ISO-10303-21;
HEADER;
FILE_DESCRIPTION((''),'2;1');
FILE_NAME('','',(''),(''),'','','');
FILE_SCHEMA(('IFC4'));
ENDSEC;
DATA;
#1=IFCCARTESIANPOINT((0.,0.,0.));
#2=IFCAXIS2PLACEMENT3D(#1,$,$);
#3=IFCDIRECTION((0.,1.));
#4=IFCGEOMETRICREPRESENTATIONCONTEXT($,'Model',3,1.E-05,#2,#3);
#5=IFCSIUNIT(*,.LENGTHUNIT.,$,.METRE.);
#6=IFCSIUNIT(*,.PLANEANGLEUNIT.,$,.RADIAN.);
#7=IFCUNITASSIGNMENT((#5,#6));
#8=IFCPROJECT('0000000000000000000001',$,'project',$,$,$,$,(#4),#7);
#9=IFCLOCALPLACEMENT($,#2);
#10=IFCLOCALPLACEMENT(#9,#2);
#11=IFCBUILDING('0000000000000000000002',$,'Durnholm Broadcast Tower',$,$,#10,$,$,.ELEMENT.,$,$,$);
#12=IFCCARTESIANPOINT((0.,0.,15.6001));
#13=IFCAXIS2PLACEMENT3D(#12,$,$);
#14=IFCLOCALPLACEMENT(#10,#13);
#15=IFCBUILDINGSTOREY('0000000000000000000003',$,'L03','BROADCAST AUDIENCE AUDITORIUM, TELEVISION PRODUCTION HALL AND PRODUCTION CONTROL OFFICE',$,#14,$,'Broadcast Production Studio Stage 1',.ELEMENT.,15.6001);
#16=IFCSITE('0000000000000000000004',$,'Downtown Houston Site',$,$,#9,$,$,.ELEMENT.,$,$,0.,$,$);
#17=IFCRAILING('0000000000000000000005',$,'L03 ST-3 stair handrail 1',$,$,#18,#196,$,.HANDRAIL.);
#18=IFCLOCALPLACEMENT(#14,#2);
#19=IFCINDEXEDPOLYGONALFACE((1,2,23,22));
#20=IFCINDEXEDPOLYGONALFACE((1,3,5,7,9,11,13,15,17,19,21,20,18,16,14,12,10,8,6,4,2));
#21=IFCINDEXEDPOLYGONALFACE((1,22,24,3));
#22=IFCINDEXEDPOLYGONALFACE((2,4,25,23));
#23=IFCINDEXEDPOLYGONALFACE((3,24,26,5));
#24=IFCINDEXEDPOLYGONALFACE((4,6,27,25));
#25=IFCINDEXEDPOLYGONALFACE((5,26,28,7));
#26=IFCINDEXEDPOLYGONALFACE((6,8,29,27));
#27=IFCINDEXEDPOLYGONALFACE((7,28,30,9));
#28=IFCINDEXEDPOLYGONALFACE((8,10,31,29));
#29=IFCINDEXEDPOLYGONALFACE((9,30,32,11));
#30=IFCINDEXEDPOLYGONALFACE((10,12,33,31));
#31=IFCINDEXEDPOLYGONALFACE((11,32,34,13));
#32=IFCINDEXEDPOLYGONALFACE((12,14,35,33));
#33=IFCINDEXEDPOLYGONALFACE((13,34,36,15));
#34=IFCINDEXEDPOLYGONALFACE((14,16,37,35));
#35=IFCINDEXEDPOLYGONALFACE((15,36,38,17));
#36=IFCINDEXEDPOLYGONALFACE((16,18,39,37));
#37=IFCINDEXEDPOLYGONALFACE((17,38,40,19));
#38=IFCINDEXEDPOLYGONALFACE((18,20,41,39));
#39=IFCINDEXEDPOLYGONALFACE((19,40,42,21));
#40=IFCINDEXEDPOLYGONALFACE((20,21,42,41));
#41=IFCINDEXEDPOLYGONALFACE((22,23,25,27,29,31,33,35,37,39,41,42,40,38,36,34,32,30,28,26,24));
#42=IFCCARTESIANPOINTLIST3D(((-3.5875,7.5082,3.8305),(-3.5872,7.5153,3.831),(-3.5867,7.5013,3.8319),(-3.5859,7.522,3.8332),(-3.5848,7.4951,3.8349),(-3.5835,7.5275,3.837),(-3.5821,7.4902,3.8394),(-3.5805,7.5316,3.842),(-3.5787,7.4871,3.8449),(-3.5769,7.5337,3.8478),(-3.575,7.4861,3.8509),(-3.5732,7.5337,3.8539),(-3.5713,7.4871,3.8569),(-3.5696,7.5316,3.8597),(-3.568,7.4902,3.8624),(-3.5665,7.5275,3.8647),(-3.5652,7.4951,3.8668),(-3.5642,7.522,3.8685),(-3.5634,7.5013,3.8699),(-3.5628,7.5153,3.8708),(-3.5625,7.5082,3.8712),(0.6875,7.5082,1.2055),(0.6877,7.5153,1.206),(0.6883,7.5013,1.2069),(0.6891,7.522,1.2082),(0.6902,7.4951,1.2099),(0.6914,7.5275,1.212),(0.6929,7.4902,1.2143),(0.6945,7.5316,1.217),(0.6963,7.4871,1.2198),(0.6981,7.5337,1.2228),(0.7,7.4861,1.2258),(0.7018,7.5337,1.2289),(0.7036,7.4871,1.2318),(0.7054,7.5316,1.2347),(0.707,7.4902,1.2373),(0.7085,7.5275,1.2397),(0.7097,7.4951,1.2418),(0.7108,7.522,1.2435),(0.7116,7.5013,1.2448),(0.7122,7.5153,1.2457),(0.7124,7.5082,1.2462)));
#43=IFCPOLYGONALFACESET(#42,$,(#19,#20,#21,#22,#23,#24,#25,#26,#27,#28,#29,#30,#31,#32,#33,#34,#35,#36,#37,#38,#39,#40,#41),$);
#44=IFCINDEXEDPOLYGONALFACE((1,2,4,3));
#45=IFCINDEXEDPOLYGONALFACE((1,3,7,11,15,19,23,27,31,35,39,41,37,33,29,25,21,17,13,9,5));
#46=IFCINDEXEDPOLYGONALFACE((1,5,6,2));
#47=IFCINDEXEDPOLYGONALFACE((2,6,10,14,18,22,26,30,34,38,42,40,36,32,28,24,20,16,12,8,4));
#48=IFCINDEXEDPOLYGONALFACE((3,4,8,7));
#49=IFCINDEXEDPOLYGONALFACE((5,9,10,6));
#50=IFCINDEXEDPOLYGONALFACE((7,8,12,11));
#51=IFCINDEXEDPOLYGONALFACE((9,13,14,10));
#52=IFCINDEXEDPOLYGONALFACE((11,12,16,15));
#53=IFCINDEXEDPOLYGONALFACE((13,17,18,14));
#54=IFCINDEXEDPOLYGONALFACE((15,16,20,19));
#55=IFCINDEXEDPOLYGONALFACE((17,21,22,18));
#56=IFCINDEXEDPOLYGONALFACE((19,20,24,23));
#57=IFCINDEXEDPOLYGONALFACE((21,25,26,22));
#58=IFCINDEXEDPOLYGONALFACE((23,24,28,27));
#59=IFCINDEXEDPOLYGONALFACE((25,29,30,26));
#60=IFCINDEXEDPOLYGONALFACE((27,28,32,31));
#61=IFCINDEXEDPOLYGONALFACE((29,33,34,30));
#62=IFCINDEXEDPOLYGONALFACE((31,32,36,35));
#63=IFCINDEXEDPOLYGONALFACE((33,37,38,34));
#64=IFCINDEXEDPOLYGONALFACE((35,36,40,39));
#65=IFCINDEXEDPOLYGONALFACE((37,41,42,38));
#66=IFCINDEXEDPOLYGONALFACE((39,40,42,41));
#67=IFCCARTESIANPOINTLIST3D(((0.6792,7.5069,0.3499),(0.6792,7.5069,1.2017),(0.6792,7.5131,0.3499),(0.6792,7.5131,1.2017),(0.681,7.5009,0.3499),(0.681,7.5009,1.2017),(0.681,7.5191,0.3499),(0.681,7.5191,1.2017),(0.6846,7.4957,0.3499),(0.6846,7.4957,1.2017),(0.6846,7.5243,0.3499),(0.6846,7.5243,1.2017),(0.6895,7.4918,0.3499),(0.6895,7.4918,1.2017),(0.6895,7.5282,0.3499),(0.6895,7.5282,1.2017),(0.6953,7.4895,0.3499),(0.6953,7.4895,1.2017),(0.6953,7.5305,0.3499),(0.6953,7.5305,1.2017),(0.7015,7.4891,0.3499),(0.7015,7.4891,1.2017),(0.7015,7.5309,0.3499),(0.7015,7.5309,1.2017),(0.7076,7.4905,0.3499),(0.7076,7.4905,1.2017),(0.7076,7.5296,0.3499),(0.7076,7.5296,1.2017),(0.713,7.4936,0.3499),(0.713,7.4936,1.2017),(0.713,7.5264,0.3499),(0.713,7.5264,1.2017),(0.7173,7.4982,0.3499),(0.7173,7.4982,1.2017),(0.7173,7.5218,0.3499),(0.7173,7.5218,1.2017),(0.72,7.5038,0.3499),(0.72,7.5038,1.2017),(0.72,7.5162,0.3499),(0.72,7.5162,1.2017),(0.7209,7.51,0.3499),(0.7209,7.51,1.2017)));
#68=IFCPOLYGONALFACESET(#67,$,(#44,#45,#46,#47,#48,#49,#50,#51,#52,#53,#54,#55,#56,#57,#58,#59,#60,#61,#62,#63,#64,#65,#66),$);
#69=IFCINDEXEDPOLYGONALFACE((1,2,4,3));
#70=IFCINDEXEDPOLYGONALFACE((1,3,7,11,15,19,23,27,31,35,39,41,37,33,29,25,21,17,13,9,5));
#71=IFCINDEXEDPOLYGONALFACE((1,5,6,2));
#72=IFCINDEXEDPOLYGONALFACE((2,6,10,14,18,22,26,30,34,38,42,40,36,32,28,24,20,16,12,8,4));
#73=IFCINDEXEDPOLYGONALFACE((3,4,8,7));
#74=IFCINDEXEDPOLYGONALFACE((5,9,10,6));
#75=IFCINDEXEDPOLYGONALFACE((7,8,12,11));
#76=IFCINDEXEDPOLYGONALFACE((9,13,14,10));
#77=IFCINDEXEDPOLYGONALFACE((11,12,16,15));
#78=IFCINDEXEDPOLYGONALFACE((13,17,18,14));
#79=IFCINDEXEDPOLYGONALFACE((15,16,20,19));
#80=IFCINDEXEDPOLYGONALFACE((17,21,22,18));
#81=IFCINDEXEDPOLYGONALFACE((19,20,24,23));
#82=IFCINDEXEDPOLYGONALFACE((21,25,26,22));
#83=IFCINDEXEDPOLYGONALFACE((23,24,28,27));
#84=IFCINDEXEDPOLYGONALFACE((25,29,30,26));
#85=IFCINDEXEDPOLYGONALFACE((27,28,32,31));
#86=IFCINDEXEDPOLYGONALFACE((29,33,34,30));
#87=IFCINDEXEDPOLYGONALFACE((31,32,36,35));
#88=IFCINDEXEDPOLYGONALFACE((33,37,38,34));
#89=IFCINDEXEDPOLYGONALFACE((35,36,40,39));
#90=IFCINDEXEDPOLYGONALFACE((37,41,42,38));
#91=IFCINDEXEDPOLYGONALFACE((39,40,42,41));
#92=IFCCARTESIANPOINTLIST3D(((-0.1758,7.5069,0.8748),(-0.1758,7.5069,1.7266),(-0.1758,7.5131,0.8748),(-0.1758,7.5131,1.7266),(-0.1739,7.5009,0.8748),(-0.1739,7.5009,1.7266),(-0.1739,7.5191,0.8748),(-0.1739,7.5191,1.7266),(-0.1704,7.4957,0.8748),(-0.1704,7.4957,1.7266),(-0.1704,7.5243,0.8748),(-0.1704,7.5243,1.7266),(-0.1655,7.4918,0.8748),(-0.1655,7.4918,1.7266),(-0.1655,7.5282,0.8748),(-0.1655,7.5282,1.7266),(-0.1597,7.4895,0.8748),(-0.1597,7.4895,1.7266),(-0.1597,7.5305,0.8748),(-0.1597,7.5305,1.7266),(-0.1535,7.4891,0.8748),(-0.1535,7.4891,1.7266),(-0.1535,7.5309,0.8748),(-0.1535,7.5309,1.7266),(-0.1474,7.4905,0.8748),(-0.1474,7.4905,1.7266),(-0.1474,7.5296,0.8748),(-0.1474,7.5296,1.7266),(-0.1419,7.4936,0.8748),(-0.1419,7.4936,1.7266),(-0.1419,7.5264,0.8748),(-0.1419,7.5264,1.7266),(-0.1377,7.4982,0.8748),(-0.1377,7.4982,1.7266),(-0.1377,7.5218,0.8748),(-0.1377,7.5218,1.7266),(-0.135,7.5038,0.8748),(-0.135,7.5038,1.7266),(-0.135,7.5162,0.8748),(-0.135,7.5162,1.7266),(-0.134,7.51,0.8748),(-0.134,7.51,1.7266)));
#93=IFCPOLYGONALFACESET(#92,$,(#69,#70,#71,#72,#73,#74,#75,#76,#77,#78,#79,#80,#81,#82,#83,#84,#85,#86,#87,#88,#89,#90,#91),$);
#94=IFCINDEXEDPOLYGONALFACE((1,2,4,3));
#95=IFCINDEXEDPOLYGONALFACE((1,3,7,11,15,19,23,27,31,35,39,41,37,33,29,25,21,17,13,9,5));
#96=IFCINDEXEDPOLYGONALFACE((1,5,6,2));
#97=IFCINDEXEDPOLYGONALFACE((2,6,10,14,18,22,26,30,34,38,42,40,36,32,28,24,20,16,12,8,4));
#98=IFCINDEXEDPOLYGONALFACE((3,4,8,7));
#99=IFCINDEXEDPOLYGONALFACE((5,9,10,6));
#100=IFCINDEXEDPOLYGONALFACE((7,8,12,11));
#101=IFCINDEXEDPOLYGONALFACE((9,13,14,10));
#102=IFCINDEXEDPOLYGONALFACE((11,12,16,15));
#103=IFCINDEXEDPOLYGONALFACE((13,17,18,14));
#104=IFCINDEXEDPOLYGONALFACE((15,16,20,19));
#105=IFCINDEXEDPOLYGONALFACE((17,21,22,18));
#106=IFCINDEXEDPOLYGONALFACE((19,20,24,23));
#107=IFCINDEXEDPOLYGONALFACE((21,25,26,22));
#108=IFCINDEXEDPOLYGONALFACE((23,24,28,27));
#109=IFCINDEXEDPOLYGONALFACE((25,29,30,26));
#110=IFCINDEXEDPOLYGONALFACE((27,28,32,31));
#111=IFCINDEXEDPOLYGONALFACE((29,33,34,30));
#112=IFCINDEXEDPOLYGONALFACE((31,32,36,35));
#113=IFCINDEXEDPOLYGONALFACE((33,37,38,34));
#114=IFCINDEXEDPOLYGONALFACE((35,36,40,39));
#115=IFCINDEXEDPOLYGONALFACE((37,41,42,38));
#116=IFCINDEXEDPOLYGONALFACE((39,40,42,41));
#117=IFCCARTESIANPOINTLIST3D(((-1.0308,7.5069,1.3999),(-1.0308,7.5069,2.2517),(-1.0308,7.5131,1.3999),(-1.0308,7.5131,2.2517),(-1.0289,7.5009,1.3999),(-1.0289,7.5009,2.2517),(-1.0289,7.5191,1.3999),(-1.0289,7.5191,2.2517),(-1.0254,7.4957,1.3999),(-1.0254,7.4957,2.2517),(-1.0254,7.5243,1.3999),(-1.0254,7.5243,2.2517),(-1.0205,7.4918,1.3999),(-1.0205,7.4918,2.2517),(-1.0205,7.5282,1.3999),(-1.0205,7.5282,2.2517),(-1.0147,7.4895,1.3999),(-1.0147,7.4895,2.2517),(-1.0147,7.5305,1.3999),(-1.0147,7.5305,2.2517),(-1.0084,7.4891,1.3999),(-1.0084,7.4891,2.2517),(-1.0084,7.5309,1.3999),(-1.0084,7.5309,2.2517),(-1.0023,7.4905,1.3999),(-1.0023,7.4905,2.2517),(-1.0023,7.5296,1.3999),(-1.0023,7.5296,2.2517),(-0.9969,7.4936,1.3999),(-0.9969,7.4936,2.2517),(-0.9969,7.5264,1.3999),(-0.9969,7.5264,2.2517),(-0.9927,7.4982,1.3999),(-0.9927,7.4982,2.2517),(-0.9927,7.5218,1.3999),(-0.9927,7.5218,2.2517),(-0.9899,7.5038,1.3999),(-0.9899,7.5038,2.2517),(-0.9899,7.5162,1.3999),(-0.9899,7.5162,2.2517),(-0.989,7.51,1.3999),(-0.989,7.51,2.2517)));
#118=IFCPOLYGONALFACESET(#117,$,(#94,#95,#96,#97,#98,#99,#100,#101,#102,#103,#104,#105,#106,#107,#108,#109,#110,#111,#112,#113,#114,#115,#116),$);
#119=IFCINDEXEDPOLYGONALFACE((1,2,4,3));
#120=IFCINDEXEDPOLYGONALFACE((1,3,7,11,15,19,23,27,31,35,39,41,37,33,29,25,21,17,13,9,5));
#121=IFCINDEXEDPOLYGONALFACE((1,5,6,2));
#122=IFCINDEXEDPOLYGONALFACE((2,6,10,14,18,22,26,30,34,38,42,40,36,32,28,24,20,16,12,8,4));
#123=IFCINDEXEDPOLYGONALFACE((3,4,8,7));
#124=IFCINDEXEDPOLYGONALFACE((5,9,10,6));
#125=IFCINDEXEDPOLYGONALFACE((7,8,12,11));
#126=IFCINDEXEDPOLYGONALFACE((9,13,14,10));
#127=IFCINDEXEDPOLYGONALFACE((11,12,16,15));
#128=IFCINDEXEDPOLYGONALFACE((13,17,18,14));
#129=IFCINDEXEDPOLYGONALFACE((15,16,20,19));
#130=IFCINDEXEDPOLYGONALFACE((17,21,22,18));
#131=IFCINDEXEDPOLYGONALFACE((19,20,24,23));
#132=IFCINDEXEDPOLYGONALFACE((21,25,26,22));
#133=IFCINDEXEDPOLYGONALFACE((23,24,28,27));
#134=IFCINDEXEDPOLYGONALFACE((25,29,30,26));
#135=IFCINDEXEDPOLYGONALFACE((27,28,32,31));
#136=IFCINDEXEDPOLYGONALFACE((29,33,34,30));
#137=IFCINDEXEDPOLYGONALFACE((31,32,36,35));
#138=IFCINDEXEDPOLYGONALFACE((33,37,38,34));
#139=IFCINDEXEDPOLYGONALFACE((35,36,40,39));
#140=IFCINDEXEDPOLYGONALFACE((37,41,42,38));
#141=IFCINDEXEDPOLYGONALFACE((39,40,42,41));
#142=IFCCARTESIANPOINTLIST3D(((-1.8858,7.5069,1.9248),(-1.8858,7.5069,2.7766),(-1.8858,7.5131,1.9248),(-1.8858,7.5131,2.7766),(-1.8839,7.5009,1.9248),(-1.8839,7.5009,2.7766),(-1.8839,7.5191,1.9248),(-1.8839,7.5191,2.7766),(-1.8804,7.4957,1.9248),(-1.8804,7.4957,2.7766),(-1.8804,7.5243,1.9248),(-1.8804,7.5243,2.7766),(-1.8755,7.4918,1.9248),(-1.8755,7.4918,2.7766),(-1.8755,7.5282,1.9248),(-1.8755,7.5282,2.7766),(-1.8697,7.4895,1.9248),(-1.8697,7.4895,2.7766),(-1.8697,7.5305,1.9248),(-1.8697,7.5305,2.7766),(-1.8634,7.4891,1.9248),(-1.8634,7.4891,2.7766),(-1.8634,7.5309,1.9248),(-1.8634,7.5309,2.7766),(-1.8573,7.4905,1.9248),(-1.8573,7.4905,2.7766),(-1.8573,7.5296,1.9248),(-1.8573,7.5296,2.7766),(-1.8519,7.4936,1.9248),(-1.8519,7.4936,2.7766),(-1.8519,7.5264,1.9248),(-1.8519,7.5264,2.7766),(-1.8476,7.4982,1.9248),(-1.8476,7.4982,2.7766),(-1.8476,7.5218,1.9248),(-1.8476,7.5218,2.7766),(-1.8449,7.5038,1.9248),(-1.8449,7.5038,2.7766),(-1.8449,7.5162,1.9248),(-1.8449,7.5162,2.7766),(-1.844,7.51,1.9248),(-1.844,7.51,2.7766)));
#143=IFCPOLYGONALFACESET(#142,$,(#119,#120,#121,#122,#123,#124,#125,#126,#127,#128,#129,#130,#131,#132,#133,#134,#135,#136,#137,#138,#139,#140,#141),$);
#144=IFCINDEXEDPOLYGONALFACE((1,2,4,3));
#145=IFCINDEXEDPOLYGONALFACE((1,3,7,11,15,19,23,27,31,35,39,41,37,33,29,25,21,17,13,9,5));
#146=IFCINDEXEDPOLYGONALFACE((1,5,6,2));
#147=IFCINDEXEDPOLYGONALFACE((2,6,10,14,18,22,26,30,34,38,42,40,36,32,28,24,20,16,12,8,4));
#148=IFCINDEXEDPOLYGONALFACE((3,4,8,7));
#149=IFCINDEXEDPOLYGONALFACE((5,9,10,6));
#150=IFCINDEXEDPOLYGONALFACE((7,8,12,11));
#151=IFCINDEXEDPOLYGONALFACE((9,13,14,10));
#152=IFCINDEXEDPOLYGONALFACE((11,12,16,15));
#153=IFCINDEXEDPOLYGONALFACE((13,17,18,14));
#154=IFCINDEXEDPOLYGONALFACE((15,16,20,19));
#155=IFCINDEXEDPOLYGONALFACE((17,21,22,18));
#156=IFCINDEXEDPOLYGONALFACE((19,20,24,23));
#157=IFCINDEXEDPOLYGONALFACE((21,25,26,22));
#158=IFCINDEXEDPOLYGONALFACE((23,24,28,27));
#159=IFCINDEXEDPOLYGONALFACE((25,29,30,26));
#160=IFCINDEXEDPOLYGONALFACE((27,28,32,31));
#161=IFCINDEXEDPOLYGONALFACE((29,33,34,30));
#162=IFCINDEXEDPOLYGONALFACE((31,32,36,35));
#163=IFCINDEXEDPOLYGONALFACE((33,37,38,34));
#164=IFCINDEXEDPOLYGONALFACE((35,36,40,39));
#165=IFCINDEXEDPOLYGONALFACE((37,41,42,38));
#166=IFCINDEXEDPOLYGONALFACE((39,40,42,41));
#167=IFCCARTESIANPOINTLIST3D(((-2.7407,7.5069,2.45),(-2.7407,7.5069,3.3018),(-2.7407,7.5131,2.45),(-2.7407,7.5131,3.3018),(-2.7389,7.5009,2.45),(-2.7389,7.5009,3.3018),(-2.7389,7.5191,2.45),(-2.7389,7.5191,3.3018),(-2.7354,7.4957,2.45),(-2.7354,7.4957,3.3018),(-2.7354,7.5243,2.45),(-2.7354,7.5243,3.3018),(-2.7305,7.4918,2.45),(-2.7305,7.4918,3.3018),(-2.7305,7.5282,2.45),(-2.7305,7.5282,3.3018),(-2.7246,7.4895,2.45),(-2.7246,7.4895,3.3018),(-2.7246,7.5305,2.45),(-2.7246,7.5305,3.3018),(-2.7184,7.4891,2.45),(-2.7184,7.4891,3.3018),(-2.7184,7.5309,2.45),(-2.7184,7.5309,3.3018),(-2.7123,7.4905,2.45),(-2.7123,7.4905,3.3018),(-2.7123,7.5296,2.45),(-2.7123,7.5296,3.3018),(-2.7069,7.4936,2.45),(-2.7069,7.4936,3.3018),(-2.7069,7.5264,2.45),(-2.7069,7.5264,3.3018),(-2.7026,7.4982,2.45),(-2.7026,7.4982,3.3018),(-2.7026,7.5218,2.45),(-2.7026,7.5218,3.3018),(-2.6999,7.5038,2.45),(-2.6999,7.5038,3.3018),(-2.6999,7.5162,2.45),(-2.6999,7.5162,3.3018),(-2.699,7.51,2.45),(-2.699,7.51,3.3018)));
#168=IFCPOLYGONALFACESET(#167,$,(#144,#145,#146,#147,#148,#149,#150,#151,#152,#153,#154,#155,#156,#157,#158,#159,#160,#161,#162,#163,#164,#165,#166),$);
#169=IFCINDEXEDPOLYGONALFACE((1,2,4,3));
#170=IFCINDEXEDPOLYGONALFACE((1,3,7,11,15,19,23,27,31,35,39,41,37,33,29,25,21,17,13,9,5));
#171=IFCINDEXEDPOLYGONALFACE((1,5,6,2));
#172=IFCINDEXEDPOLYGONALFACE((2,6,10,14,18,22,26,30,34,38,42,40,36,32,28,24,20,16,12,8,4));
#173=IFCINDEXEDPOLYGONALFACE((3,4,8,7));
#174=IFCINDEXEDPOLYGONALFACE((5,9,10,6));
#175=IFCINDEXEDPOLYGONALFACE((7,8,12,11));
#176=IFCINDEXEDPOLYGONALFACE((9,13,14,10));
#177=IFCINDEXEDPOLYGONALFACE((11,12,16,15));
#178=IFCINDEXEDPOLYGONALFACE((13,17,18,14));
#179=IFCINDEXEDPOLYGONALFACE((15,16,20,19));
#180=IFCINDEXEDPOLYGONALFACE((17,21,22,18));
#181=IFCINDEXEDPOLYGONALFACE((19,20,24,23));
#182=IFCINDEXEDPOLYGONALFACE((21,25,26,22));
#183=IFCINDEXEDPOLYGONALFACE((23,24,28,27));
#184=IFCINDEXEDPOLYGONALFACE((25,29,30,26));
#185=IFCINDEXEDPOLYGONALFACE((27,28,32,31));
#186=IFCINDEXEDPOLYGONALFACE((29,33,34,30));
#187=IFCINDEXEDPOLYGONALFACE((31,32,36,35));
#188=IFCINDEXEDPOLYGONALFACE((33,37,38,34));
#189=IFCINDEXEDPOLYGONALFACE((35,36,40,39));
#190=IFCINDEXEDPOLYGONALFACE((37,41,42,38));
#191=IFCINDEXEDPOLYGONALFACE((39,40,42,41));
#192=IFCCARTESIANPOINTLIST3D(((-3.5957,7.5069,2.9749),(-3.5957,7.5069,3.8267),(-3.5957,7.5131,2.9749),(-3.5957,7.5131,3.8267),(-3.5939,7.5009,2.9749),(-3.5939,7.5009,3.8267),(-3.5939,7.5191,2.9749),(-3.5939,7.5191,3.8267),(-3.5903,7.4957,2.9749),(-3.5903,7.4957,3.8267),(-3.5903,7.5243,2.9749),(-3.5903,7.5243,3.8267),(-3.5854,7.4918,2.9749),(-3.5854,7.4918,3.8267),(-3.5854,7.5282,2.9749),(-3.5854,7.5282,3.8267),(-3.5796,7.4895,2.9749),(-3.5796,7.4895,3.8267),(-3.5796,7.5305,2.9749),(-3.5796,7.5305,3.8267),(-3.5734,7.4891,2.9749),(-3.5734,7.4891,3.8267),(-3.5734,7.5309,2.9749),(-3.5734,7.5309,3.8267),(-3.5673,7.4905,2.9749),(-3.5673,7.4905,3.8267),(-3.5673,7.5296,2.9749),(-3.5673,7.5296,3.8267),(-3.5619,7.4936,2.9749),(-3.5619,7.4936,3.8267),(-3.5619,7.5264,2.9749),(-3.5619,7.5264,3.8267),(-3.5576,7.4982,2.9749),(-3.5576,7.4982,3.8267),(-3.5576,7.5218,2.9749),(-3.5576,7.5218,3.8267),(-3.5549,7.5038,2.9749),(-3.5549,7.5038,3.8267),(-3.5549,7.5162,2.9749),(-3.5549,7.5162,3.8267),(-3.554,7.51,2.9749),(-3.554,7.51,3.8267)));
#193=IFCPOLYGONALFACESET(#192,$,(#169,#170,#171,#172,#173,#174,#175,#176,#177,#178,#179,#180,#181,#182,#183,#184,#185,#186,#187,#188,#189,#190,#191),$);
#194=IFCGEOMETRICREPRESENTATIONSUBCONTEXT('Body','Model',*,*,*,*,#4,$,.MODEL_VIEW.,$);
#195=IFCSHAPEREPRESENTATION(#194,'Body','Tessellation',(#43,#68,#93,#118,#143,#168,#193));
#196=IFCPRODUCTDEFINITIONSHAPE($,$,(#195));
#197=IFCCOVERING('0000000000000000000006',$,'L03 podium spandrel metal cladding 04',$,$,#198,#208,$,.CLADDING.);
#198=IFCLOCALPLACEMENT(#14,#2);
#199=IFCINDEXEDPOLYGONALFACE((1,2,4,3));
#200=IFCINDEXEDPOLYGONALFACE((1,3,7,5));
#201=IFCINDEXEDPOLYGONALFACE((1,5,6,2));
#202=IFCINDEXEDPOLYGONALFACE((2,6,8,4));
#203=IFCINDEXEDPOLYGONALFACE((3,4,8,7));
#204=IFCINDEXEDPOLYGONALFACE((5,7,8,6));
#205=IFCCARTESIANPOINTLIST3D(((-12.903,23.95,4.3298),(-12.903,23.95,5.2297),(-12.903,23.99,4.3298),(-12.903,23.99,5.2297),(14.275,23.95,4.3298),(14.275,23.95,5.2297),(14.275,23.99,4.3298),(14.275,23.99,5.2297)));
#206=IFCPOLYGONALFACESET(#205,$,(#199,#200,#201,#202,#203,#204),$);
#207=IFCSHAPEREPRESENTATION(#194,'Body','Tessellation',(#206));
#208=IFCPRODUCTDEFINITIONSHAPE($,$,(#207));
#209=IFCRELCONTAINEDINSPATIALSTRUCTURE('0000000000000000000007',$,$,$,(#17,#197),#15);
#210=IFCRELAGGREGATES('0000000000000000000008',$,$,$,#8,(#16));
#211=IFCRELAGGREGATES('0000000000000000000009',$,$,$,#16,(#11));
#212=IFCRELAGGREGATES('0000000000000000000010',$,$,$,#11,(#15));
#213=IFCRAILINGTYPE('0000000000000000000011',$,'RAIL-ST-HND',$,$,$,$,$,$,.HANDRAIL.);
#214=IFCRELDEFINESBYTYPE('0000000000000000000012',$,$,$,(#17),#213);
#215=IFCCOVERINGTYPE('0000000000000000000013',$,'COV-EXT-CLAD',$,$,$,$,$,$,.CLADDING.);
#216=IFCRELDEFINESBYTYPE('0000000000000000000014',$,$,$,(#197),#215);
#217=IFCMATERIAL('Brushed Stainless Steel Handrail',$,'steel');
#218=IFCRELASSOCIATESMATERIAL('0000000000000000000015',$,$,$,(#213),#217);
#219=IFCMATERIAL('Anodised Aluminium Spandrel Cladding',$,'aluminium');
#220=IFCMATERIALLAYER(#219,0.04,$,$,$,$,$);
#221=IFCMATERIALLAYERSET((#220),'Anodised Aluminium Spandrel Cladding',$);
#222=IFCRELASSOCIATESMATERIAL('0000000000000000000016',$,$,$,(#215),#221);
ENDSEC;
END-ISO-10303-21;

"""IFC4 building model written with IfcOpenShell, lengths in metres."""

from ifc_helpers import new_model, si_unit, direction, frame, origin, origin_2d, place, context, subcontext, project, spatial, rectangle, circle, extrude, source, transform, mapped, material, layer, layer_set, type_object, type_shapes, element, save


model = new_model("IFC4")

# Units and contexts
model_context = context("Model", 3, precision=1e-05, world=origin(), true_north=direction((0.0, 1.0)))
body_context = subcontext(model_context, "Body", "Model", "MODEL_VIEW")
ifc_project = project(units=[si_unit("LENGTHUNIT", "METRE"), si_unit("PLANEANGLEUNIT", "RADIAN")], contexts=[model_context])

# Site, building, storey
site_placement = place(None, origin())
site = spatial("IfcSite", under=ifc_project, at=site_placement, Name="Downtown Houston Site", CompositionType="ELEMENT", RefElevation=0.0)
building_placement = place(site_placement, origin())
building = spatial("IfcBuilding", under=site, at=building_placement, Name="Durnholm Broadcast Tower", CompositionType="ELEMENT")
storey_placement = place(building_placement, frame((0.0, 0.0, 15.6001)))
storey = spatial("IfcBuildingStorey", under=building, at=storey_placement, Name="L03", Description="BROADCAST AUDIENCE AUDITORIUM, TELEVISION PRODUCTION HALL AND PRODUCTION CONTROL OFFICE", LongName="Broadcast Production Studio Stage 1", CompositionType="ELEMENT", Elevation=15.6001)

# Railing
ifc_material_1 = material(Name="Brushed Stainless Steel Handrail", Category="steel")
railing_type_1 = type_object("IfcRailingType", Name="RAIL-ST-HND", PredefinedType="HANDRAIL", material=ifc_material_1)
railing_1_placement = place(storey_placement, frame((0.7, 7.51, 0.3499)))
element("IfcRailing", 1, at=railing_1_placement, inside=storey, type_object=railing_type_1, Name="L03 ST-3 stair handrail 1", PredefinedType="HANDRAIL", context=body_context, shape_type="SweptSolid", body=[
    extrude(circle(Radius=0.0239, at=origin_2d()), frame((0.0, 0.0, 0.876), z_axis=(-0.852166, 0.0, 0.523272), x_axis=(0.0, -1.0, 0.0)), (0.0, 0.0, 1.0), 5.0166),
    extrude(circle(Radius=0.021, at=origin_2d()), origin(), (0.0, 0.0, 1.0), 0.8518),
    extrude(circle(Radius=0.021, at=origin_2d()), frame((-0.855, 0.0, 0.5249)), (0.0, 0.0, 1.0), 0.8518),
    extrude(circle(Radius=0.021, at=origin_2d()), frame((-1.71, 0.0, 1.05)), (0.0, 0.0, 1.0), 0.8518),
    extrude(circle(Radius=0.021, at=origin_2d()), frame((-2.5649, 0.0, 1.575)), (0.0, 0.0, 1.0), 0.8518),
    extrude(circle(Radius=0.021, at=origin_2d()), frame((-3.4199, 0.0, 2.1001)), (0.0, 0.0, 1.0), 0.8518),
    extrude(circle(Radius=0.021, at=origin_2d()), frame((-4.2749, 0.0, 2.625)), (0.0, 0.0, 1.0), 0.8518),
])

# Covering
ifc_material_2 = material(Name="Anodised Aluminium Spandrel Cladding", Category="aluminium")
ifc_layer_1 = layer(ifc_material_2, 0.04)
ifc_layer_set_1 = layer_set([ifc_layer_1], Name="Anodised Aluminium Spandrel Cladding")
covering_type = type_object("IfcCoveringType", Name="COV-EXT-CLAD", PredefinedType="CLADDING", material=ifc_layer_set_1)
shared_shape_1 = source(origin(), body_context, "Body", "SweptSolid", [
    extrude(rectangle(XDim=27.178, YDim=0.04, at=origin_2d()), origin(), (0.0, 0.0, 1.0), 0.8999),
])
type_shapes(covering_type, [shared_shape_1])
covering_placement = place(storey_placement, frame((0.686, 23.97, 4.3298), z_axis=(0.0, 0.0, 1.0), x_axis=(1.0, 0.0, 0.0)))
element("IfcCovering", 2, at=covering_placement, inside=storey, type_object=covering_type, Name="L03 podium spandrel metal cladding 04", PredefinedType="CLADDING", context=body_context, shape_type="MappedRepresentation", body=[
    mapped(shared_shape_1, transform((0.0, 0.0, 0.0), x_axis=(1.0, 0.0, 0.0), y_axis=(0.0, 1.0, 0.0), z_axis=(0.0, 0.0, 1.0), scale=1.0)),
])

save(model, "model.ifc")
